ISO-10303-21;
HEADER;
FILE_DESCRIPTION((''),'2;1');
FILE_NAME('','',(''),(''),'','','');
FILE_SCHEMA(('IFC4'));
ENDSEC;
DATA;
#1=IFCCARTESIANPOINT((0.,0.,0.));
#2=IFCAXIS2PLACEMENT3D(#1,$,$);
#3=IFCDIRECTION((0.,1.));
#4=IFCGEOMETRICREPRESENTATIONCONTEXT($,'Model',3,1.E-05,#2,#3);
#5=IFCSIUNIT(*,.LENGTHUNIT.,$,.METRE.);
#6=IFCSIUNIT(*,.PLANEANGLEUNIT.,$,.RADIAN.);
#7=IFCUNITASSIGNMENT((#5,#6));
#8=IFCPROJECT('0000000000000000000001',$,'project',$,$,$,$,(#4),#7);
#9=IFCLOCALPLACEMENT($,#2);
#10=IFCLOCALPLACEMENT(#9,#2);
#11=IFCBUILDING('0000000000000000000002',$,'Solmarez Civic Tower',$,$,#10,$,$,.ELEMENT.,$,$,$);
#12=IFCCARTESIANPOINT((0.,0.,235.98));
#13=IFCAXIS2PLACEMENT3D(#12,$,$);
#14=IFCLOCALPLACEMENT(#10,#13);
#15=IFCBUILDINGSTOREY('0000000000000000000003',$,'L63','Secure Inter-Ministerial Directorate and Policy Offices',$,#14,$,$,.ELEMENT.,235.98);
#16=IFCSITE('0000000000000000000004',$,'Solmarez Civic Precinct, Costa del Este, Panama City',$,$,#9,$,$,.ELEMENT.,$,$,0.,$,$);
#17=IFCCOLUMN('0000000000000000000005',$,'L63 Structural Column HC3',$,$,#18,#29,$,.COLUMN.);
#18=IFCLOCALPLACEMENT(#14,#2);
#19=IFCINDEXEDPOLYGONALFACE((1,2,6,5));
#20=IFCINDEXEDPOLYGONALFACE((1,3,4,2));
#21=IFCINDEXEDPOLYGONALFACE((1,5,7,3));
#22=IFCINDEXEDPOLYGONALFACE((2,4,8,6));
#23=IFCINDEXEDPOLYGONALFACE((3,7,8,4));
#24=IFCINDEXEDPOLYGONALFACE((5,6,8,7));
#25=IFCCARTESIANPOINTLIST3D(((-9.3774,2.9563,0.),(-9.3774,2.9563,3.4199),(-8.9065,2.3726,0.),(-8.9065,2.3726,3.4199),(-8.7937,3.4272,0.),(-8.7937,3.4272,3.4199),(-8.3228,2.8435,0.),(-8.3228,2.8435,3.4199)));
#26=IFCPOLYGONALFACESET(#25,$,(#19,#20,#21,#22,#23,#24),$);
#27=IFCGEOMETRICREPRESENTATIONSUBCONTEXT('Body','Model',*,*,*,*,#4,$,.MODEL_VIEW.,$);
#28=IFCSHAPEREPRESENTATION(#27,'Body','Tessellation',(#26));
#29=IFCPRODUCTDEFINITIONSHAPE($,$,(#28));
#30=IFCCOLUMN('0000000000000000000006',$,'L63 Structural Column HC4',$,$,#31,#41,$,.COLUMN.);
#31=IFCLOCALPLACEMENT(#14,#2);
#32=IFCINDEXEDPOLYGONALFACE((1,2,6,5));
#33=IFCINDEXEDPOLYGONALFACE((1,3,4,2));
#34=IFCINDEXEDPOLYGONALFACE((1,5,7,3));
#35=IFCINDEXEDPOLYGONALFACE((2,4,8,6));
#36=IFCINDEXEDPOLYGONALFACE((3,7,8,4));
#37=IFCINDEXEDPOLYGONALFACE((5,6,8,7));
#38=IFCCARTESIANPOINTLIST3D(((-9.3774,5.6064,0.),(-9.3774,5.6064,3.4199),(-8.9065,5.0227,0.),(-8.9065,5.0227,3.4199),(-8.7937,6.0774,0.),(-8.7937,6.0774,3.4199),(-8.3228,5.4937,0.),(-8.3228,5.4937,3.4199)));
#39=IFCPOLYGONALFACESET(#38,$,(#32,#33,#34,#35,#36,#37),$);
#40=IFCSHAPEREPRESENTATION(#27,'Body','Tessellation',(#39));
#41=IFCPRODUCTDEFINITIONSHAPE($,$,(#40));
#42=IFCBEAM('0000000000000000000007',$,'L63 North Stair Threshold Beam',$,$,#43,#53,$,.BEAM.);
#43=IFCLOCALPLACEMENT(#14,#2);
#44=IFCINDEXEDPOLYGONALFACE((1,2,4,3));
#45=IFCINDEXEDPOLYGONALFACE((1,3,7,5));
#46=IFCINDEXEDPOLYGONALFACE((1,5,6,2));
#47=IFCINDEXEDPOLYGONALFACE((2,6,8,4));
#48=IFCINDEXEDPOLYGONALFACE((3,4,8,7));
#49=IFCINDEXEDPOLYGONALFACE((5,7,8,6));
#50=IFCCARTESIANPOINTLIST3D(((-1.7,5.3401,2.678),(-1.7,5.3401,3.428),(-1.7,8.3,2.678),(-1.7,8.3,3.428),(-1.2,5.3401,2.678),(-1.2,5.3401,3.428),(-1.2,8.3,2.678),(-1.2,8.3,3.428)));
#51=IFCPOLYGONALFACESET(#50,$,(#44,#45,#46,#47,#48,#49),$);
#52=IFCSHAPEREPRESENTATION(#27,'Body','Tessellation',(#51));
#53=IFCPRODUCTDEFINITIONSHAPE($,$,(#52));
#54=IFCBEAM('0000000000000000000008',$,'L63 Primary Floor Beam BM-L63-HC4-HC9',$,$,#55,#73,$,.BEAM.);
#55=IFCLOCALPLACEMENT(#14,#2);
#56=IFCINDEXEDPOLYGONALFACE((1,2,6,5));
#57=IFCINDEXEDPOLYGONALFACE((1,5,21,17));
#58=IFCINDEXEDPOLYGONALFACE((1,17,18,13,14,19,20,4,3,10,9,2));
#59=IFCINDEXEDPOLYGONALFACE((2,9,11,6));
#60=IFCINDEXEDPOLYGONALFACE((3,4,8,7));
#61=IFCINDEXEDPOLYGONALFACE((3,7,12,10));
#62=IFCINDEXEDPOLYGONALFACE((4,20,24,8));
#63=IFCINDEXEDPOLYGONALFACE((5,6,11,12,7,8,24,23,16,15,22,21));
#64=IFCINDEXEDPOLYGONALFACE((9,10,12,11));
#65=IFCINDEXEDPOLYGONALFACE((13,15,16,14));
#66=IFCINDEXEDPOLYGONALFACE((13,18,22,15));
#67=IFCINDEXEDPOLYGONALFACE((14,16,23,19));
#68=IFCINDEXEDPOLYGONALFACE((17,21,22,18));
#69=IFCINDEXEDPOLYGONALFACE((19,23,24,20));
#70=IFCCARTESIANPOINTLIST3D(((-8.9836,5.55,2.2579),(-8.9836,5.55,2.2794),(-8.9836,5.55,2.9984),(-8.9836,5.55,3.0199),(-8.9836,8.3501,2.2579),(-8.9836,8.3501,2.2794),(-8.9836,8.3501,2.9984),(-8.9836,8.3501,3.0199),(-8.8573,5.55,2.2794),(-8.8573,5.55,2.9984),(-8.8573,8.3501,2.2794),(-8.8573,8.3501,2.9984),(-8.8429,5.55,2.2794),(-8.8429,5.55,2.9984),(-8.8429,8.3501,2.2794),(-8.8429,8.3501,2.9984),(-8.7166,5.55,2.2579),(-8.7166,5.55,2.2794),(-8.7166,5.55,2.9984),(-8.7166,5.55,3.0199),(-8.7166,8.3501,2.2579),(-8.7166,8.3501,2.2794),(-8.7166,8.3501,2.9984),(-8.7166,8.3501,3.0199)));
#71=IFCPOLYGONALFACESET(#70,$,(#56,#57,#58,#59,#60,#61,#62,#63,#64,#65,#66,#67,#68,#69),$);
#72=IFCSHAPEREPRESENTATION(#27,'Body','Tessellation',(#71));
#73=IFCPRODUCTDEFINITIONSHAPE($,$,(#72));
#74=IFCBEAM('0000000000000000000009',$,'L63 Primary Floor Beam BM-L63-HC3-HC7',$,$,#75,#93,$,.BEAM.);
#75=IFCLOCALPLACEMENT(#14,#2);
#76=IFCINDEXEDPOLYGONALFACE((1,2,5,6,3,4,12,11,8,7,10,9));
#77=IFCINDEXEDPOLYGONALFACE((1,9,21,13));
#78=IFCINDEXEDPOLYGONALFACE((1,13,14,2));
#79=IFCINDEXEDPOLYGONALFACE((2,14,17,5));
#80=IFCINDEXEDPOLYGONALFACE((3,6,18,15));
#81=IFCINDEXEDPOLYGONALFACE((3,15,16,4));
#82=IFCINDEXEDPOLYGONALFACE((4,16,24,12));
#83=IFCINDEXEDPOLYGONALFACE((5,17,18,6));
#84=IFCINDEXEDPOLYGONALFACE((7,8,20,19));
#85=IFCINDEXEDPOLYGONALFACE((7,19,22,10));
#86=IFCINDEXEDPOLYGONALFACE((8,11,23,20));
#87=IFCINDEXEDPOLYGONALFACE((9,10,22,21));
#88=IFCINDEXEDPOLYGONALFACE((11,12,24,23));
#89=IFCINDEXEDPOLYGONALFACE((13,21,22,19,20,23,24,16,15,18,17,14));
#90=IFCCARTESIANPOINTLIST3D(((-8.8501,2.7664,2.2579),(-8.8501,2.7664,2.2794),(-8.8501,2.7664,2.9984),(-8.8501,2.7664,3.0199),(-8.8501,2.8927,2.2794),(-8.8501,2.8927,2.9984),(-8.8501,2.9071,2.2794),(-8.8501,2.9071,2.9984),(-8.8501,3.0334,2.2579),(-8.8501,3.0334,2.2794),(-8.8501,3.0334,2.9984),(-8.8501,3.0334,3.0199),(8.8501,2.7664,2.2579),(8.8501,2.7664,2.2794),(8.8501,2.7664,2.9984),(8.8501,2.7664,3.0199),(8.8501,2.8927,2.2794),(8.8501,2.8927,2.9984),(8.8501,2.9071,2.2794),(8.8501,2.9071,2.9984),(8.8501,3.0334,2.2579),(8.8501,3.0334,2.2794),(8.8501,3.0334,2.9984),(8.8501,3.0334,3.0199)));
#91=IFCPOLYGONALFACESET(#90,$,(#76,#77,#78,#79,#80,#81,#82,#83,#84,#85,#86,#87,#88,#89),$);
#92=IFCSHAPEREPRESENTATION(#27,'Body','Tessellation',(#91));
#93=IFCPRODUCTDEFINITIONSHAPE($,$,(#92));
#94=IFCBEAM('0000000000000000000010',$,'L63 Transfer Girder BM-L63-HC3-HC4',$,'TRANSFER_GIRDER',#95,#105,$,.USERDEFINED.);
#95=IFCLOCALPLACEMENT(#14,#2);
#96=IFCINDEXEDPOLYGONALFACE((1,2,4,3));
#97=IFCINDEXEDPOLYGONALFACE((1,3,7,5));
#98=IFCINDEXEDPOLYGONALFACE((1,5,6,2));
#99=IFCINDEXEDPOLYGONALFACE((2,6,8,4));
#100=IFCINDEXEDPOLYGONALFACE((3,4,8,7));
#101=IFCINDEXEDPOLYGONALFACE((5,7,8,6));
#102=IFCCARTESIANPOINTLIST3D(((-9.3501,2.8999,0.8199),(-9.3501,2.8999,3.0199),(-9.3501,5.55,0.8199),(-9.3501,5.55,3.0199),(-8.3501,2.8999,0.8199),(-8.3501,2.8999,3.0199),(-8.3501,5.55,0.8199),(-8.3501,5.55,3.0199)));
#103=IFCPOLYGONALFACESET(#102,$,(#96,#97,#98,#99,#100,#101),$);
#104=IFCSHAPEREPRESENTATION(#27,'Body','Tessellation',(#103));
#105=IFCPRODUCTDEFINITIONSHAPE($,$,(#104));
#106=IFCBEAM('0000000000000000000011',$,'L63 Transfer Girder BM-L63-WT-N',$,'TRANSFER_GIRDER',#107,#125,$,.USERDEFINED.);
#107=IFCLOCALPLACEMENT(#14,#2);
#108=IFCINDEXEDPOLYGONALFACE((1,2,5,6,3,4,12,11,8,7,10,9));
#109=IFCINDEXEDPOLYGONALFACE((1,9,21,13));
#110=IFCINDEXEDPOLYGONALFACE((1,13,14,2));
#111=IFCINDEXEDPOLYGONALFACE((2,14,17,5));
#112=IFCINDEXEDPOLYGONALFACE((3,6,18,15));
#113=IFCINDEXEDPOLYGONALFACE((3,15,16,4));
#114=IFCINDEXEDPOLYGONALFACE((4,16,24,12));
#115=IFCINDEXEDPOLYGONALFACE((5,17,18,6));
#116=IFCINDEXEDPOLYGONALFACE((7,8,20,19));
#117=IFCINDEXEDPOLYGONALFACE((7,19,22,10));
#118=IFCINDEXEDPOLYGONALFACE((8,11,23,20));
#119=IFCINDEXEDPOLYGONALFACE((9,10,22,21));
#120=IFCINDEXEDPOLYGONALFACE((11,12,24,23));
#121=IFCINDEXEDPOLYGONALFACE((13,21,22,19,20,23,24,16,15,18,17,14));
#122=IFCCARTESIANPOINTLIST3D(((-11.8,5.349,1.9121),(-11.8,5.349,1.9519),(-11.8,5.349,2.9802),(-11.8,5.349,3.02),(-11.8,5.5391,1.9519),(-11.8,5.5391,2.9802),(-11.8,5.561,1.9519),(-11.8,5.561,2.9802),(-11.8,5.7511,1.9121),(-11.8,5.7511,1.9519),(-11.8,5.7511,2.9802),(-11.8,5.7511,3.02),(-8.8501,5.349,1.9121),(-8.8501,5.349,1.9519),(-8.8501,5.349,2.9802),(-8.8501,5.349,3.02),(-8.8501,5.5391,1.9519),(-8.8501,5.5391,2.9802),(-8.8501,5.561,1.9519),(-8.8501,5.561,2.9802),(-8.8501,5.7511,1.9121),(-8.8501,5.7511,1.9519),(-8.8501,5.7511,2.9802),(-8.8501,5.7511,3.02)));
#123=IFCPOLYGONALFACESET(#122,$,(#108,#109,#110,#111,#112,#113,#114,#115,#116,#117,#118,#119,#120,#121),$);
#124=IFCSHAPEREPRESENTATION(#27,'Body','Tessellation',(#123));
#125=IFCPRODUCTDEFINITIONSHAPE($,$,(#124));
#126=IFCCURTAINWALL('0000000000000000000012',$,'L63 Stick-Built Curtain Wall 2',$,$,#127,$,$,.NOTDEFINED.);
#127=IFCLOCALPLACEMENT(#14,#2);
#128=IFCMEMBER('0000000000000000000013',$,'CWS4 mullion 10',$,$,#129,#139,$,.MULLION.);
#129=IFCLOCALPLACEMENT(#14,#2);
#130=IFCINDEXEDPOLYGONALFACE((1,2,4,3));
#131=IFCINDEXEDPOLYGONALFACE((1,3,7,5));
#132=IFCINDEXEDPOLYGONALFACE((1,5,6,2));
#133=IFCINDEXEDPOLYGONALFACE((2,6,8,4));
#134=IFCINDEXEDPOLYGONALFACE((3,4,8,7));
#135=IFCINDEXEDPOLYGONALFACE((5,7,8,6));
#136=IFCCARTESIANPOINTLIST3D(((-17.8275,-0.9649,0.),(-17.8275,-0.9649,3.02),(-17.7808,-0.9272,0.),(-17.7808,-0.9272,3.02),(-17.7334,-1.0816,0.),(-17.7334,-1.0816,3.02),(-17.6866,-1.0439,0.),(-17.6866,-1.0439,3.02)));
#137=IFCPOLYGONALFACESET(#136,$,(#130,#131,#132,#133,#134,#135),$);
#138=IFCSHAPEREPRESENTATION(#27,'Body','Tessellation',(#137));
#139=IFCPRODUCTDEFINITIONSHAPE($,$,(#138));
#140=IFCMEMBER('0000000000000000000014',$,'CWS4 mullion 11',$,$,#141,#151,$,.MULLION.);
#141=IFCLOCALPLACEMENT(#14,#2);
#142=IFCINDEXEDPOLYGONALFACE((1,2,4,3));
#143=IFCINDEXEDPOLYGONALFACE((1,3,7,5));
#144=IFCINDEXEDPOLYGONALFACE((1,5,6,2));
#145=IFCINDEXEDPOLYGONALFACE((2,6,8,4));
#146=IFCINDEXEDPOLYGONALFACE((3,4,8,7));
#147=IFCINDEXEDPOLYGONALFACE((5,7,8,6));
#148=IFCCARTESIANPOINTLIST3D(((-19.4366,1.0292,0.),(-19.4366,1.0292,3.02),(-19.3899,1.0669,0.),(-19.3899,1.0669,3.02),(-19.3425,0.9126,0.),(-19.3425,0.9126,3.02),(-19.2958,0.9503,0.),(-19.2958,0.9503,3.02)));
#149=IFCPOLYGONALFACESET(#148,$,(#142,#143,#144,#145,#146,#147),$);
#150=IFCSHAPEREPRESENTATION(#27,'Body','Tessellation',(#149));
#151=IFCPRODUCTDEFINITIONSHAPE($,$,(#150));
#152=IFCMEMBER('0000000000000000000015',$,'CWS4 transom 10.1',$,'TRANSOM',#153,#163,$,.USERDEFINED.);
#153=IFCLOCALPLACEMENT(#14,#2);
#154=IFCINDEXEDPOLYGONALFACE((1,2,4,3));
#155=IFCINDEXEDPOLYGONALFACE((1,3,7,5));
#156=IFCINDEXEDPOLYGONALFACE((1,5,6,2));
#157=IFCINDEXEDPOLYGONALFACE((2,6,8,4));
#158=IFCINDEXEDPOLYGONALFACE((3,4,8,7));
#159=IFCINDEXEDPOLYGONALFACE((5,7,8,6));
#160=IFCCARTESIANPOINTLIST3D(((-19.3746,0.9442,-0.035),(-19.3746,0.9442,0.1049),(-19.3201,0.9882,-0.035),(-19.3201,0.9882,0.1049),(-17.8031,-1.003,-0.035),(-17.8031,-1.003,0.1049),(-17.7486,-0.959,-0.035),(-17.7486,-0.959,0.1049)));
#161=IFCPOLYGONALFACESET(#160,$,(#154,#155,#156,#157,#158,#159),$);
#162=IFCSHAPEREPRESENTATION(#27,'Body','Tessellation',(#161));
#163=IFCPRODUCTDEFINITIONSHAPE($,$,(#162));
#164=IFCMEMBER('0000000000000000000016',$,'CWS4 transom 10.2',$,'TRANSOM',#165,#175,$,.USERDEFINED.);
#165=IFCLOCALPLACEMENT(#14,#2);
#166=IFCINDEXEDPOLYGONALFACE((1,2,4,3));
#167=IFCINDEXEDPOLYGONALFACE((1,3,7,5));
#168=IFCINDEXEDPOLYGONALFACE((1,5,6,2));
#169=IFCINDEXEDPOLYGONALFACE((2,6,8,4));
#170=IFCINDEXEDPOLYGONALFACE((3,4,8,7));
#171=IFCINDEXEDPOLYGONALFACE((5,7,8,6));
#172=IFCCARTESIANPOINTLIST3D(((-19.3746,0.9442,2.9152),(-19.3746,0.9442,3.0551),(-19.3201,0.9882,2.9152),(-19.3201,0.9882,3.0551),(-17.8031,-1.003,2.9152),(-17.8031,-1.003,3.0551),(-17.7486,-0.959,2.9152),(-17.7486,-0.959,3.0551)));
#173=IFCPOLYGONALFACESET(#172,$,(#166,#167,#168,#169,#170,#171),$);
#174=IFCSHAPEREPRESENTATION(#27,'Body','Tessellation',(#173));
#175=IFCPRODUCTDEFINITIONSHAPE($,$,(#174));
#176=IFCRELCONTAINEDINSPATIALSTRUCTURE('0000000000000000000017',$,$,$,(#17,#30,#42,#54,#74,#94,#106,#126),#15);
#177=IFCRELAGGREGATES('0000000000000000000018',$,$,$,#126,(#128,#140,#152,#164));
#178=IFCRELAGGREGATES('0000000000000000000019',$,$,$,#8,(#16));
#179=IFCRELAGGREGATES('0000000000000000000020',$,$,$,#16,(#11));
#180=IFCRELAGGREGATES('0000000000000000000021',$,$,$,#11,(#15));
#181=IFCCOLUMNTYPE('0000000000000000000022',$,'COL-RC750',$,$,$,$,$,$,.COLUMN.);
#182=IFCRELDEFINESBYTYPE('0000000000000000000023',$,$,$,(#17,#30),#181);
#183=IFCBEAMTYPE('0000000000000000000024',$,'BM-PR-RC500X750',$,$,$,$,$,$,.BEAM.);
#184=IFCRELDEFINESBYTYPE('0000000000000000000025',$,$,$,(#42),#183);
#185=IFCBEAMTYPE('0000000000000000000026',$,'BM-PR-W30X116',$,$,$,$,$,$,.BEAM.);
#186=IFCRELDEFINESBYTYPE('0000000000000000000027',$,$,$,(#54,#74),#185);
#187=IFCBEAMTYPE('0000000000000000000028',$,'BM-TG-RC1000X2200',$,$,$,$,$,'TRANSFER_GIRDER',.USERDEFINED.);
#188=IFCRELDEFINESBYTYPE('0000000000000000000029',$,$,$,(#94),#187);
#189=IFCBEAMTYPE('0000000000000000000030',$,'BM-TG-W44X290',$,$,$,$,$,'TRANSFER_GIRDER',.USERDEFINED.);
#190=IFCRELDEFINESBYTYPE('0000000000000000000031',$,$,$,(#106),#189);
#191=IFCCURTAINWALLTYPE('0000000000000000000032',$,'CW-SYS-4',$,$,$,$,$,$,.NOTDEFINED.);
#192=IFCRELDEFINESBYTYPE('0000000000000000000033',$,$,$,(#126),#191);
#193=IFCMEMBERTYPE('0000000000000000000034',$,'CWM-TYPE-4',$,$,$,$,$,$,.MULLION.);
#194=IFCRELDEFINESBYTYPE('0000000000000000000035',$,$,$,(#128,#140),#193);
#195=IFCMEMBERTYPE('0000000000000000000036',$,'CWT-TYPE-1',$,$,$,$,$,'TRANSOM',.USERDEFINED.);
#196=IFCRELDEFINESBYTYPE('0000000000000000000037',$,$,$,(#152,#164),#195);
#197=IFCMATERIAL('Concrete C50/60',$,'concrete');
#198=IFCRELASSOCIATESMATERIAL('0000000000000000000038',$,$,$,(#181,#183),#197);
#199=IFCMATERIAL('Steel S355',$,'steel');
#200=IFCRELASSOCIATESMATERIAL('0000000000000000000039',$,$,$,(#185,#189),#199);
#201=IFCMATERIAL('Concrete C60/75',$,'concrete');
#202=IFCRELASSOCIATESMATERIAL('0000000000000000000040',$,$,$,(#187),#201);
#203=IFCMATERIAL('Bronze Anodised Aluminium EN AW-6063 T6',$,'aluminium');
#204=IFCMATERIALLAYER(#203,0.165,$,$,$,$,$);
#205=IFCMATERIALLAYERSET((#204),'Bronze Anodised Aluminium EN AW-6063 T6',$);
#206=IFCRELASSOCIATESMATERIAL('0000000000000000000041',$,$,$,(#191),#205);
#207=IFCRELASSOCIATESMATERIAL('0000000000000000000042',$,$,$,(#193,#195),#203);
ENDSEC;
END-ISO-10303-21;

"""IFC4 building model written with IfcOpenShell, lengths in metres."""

from ifc_helpers import new_model, si_unit, direction, frame, origin, origin_2d, place, context, subcontext, project, spatial, rectangle, i_section, extrude, material, layer, layer_set, material_profile, profile_set, type_object, element, aggregate, save


model = new_model("IFC4")

# Units and contexts
model_context = context("Model", 3, precision=1e-05, world=origin(), true_north=direction((0.0, 1.0)))
body_context = subcontext(model_context, "Body", "Model", "MODEL_VIEW")
ifc_project = project(units=[si_unit("LENGTHUNIT", "METRE"), si_unit("PLANEANGLEUNIT", "RADIAN")], contexts=[model_context])

# Site, building, storey
site_placement = place(None, origin())
site = spatial("IfcSite", under=ifc_project, at=site_placement, Name="Solmarez Civic Precinct, Costa del Este, Panama City", CompositionType="ELEMENT", RefElevation=0.0)
building_placement = place(site_placement, origin())
building = spatial("IfcBuilding", under=site, at=building_placement, Name="Solmarez Civic Tower", CompositionType="ELEMENT")
storey_placement = place(building_placement, frame((0.0, 0.0, 235.98)))
storey = spatial("IfcBuildingStorey", under=building, at=storey_placement, Name="L63", Description="Secure Inter-Ministerial Directorate and Policy Offices", CompositionType="ELEMENT", Elevation=235.98)

# Columns
ifc_material_1 = material(Name="Concrete C50/60", Category="concrete")
ifc_material_profile_1 = material_profile(ifc_material_1, rectangle(XDim=0.75, YDim=0.75, at=origin_2d()), Name="RC750X750")
ifc_profile_set_1 = profile_set([ifc_material_profile_1], Name="Concrete C50/60")
column_type = type_object("IfcColumnType", Name="COL-RC750", PredefinedType="COLUMN", material=ifc_profile_set_1)
for number, where, z_axis, x_axis, name in (
    (1, (-8.8501, 2.8999, 0.0), (0.0, 0.0, 1.0), (0.778243, 0.627963, 0.0), "L63 Structural Column HC3"),
    (2, (-8.8501, 5.55, 0.0), (0.0, 0.0, 1.0), (0.778243, 0.627963, 0.0), "L63 Structural Column HC4"),
):
    element("IfcColumn", number, at=place(storey_placement, frame(where, z_axis=z_axis, x_axis=x_axis)), inside=storey, type_object=column_type, Name=name, PredefinedType="COLUMN", context=body_context, shape_type="SweptSolid", body=[
        extrude(rectangle(XDim=0.75, YDim=0.75, at=origin_2d()), origin(), (0.0, 0.0, 1.0), 3.4199),
    ])

# Beams
ifc_material_profile_2 = material_profile(ifc_material_1, rectangle(XDim=0.5, YDim=0.75, at=origin_2d()), Name="RC500X750")
ifc_profile_set_2 = profile_set([ifc_material_profile_2], Name="Concrete C50/60")
beam_type_1 = type_object("IfcBeamType", Name="BM-PR-RC500X750", PredefinedType="BEAM", material=ifc_profile_set_2)
beam_1_placement = place(storey_placement, frame((-1.45, 5.3401, 3.053), z_axis=(0.0, 1.0, 0.0), x_axis=(-1.0, 0.0, 0.0)))
element("IfcBeam", 3, at=beam_1_placement, inside=storey, type_object=beam_type_1, Name="L63 North Stair Threshold Beam", PredefinedType="BEAM", context=body_context, shape_type="SweptSolid", body=[
    extrude(rectangle(XDim=0.5, YDim=0.75, at=origin_2d()), origin(), (0.0, 0.0, 1.0), 2.96),
])
ifc_material_2 = material(Name="Steel S355", Category="steel")
ifc_material_profile_3 = material_profile(ifc_material_2, i_section(OverallWidth=0.2671, OverallDepth=0.762, WebThickness=0.0144, FlangeThickness=0.0215, at=origin_2d()), Name="W30X116")
ifc_profile_set_3 = profile_set([ifc_material_profile_3], Name="Steel S355")
beam_type_2 = type_object("IfcBeamType", Name="BM-PR-W30X116", PredefinedType="BEAM", material=ifc_profile_set_3)
beam_2_placement = place(storey_placement, frame((-8.8501, 5.55, 2.6389), z_axis=(0.0, 1.0, 0.0), x_axis=(-1.0, 0.0, 0.0)))
element("IfcBeam", 4, at=beam_2_placement, inside=storey, type_object=beam_type_2, Name="L63 Primary Floor Beam BM-L63-HC4-HC9", PredefinedType="BEAM", context=body_context, shape_type="SweptSolid", body=[
    extrude(i_section(OverallWidth=0.2671, OverallDepth=0.762, WebThickness=0.0144, FlangeThickness=0.0215, at=origin_2d()), origin(), (0.0, 0.0, 1.0), 2.8),
])
beam_3_placement = place(storey_placement, frame((-8.8501, 2.8999, 2.6389), z_axis=(1.0, 0.0, 0.0), x_axis=(0.0, 1.0, 0.0)))
element("IfcBeam", 5, at=beam_3_placement, inside=storey, type_object=beam_type_2, Name="L63 Primary Floor Beam BM-L63-HC3-HC7", PredefinedType="BEAM", context=body_context, shape_type="SweptSolid", body=[
    extrude(i_section(OverallWidth=0.2671, OverallDepth=0.762, WebThickness=0.0144, FlangeThickness=0.0215, at=origin_2d()), origin(), (0.0, 0.0, 1.0), 17.7002),
])
ifc_material_3 = material(Name="Concrete C60/75", Category="concrete")
ifc_material_profile_4 = material_profile(ifc_material_3, rectangle(XDim=1.0, YDim=2.2, at=origin_2d()), Name="RC1000X2200")
ifc_profile_set_4 = profile_set([ifc_material_profile_4], Name="Concrete C60/75")
beam_type_3 = type_object("IfcBeamType", Name="BM-TG-RC1000X2200", ElementType="TRANSFER_GIRDER", PredefinedType="USERDEFINED", material=ifc_profile_set_4)
beam_4_placement = place(storey_placement, frame((-8.8501, 2.8999, 1.9199), z_axis=(0.0, 1.0, 0.0), x_axis=(-1.0, 0.0, 0.0)))
element("IfcBeam", 6, at=beam_4_placement, inside=storey, type_object=beam_type_3, Name="L63 Transfer Girder BM-L63-HC3-HC4", ObjectType="TRANSFER_GIRDER", PredefinedType="USERDEFINED", context=body_context, shape_type="SweptSolid", body=[
    extrude(rectangle(XDim=1.0, YDim=2.2, at=origin_2d()), origin(), (0.0, 0.0, 1.0), 2.6501),
])
ifc_material_profile_5 = material_profile(ifc_material_2, i_section(OverallWidth=0.4021, OverallDepth=1.1079, WebThickness=0.022, FlangeThickness=0.0398, at=origin_2d()), Name="W44X290")
ifc_profile_set_5 = profile_set([ifc_material_profile_5], Name="Steel S355")
beam_type_4 = type_object("IfcBeamType", Name="BM-TG-W44X290", ElementType="TRANSFER_GIRDER", PredefinedType="USERDEFINED", material=ifc_profile_set_5)
beam_5_placement = place(storey_placement, frame((-8.8501, 5.55, 2.4661), z_axis=(-1.0, 0.0, 0.0), x_axis=(0.0, -1.0, 0.0)))
element("IfcBeam", 7, at=beam_5_placement, inside=storey, type_object=beam_type_4, Name="L63 Transfer Girder BM-L63-WT-N", ObjectType="TRANSFER_GIRDER", PredefinedType="USERDEFINED", context=body_context, shape_type="SweptSolid", body=[
    extrude(i_section(OverallWidth=0.4021, OverallDepth=1.1079, WebThickness=0.022, FlangeThickness=0.0398, at=origin_2d()), origin(), (0.0, 0.0, 1.0), 2.95),
])

# Curtain wall, members
ifc_material_4 = material(Name="Bronze Anodised Aluminium EN AW-6063 T6", Category="aluminium")
ifc_layer_1 = layer(ifc_material_4, 0.165)
ifc_layer_set_1 = layer_set([ifc_layer_1], Name="Bronze Anodised Aluminium EN AW-6063 T6")
curtain_wall_type = type_object("IfcCurtainWallType", Name="CW-SYS-4", PredefinedType="NOTDEFINED", material=ifc_layer_set_1)
curtain_wall_placement = place(storey_placement, origin())
curtain_wall = element("IfcCurtainWall", 8, at=curtain_wall_placement, inside=storey, type_object=curtain_wall_type, Name="L63 Stick-Built Curtain Wall 2", PredefinedType="NOTDEFINED")
ifc_material_profile_6 = material_profile(ifc_material_4, rectangle(XDim=0.0601, YDim=0.1499, at=origin_2d()), Name="CWM-60X150")
ifc_profile_set_6 = profile_set([ifc_material_profile_6], Name="Bronze Anodised Aluminium EN AW-6063 T6")
member_type_1 = type_object("IfcMemberType", Name="CWM-TYPE-4", PredefinedType="MULLION", material=ifc_profile_set_6)
member_1_placement = place(storey_placement, frame((-17.7571, -1.0044, 0.0), z_axis=(0.0, 0.0, 1.0), x_axis=(-0.778231, -0.627978, 0.0)))
member_1 = element("IfcMember", 9, at=member_1_placement, type_object=member_type_1, Name="CWS4 mullion 10", PredefinedType="MULLION", context=body_context, shape_type="SweptSolid", body=[
    extrude(rectangle(XDim=0.0601, YDim=0.1499, at=origin_2d()), origin(), (0.0, 0.0, 1.0), 3.02),
])
member_2_placement = place(storey_placement, frame((-19.3662, 0.9897, 0.0), z_axis=(0.0, 0.0, 1.0), x_axis=(-0.778231, -0.627978, 0.0)))
member_2 = element("IfcMember", 10, at=member_2_placement, type_object=member_type_1, Name="CWS4 mullion 11", PredefinedType="MULLION", context=body_context, shape_type="SweptSolid", body=[
    extrude(rectangle(XDim=0.0601, YDim=0.1499, at=origin_2d()), origin(), (0.0, 0.0, 1.0), 3.02),
])
ifc_material_profile_7 = material_profile(ifc_material_4, rectangle(XDim=0.0701, YDim=0.1399, at=origin_2d()), Name="CWT-70X140")
ifc_profile_set_7 = profile_set([ifc_material_profile_7], Name="Bronze Anodised Aluminium EN AW-6063 T6")
member_type_2 = type_object("IfcMemberType", Name="CWT-TYPE-1", ElementType="TRANSOM", PredefinedType="USERDEFINED", material=ifc_profile_set_7)
member_3_placement = place(storey_placement, frame((-17.7759, -0.981, 0.0349), z_axis=(-0.628033, 0.778187, 0.0), x_axis=(-0.778187, -0.628033, 0.0)))
member_3 = element("IfcMember", 11, at=member_3_placement, type_object=member_type_2, Name="CWS4 transom 10.1", ObjectType="TRANSOM", PredefinedType="USERDEFINED", context=body_context, shape_type="SweptSolid", body=[
    extrude(rectangle(XDim=0.0701, YDim=0.1399, at=origin_2d()), origin(), (0.0, 0.0, 1.0), 2.5022),
])
member_4_placement = place(storey_placement, frame((-17.7759, -0.981, 2.9851), z_axis=(-0.628033, 0.778187, 0.0), x_axis=(-0.778187, -0.628033, 0.0)))
member_4 = element("IfcMember", 12, at=member_4_placement, type_object=member_type_2, Name="CWS4 transom 10.2", ObjectType="TRANSOM", PredefinedType="USERDEFINED", context=body_context, shape_type="SweptSolid", body=[
    extrude(rectangle(XDim=0.0701, YDim=0.1399, at=origin_2d()), origin(), (0.0, 0.0, 1.0), 2.5022),
])
aggregate(curtain_wall, [member_1, member_2, member_3, member_4])

save(model, "model.ifc")
